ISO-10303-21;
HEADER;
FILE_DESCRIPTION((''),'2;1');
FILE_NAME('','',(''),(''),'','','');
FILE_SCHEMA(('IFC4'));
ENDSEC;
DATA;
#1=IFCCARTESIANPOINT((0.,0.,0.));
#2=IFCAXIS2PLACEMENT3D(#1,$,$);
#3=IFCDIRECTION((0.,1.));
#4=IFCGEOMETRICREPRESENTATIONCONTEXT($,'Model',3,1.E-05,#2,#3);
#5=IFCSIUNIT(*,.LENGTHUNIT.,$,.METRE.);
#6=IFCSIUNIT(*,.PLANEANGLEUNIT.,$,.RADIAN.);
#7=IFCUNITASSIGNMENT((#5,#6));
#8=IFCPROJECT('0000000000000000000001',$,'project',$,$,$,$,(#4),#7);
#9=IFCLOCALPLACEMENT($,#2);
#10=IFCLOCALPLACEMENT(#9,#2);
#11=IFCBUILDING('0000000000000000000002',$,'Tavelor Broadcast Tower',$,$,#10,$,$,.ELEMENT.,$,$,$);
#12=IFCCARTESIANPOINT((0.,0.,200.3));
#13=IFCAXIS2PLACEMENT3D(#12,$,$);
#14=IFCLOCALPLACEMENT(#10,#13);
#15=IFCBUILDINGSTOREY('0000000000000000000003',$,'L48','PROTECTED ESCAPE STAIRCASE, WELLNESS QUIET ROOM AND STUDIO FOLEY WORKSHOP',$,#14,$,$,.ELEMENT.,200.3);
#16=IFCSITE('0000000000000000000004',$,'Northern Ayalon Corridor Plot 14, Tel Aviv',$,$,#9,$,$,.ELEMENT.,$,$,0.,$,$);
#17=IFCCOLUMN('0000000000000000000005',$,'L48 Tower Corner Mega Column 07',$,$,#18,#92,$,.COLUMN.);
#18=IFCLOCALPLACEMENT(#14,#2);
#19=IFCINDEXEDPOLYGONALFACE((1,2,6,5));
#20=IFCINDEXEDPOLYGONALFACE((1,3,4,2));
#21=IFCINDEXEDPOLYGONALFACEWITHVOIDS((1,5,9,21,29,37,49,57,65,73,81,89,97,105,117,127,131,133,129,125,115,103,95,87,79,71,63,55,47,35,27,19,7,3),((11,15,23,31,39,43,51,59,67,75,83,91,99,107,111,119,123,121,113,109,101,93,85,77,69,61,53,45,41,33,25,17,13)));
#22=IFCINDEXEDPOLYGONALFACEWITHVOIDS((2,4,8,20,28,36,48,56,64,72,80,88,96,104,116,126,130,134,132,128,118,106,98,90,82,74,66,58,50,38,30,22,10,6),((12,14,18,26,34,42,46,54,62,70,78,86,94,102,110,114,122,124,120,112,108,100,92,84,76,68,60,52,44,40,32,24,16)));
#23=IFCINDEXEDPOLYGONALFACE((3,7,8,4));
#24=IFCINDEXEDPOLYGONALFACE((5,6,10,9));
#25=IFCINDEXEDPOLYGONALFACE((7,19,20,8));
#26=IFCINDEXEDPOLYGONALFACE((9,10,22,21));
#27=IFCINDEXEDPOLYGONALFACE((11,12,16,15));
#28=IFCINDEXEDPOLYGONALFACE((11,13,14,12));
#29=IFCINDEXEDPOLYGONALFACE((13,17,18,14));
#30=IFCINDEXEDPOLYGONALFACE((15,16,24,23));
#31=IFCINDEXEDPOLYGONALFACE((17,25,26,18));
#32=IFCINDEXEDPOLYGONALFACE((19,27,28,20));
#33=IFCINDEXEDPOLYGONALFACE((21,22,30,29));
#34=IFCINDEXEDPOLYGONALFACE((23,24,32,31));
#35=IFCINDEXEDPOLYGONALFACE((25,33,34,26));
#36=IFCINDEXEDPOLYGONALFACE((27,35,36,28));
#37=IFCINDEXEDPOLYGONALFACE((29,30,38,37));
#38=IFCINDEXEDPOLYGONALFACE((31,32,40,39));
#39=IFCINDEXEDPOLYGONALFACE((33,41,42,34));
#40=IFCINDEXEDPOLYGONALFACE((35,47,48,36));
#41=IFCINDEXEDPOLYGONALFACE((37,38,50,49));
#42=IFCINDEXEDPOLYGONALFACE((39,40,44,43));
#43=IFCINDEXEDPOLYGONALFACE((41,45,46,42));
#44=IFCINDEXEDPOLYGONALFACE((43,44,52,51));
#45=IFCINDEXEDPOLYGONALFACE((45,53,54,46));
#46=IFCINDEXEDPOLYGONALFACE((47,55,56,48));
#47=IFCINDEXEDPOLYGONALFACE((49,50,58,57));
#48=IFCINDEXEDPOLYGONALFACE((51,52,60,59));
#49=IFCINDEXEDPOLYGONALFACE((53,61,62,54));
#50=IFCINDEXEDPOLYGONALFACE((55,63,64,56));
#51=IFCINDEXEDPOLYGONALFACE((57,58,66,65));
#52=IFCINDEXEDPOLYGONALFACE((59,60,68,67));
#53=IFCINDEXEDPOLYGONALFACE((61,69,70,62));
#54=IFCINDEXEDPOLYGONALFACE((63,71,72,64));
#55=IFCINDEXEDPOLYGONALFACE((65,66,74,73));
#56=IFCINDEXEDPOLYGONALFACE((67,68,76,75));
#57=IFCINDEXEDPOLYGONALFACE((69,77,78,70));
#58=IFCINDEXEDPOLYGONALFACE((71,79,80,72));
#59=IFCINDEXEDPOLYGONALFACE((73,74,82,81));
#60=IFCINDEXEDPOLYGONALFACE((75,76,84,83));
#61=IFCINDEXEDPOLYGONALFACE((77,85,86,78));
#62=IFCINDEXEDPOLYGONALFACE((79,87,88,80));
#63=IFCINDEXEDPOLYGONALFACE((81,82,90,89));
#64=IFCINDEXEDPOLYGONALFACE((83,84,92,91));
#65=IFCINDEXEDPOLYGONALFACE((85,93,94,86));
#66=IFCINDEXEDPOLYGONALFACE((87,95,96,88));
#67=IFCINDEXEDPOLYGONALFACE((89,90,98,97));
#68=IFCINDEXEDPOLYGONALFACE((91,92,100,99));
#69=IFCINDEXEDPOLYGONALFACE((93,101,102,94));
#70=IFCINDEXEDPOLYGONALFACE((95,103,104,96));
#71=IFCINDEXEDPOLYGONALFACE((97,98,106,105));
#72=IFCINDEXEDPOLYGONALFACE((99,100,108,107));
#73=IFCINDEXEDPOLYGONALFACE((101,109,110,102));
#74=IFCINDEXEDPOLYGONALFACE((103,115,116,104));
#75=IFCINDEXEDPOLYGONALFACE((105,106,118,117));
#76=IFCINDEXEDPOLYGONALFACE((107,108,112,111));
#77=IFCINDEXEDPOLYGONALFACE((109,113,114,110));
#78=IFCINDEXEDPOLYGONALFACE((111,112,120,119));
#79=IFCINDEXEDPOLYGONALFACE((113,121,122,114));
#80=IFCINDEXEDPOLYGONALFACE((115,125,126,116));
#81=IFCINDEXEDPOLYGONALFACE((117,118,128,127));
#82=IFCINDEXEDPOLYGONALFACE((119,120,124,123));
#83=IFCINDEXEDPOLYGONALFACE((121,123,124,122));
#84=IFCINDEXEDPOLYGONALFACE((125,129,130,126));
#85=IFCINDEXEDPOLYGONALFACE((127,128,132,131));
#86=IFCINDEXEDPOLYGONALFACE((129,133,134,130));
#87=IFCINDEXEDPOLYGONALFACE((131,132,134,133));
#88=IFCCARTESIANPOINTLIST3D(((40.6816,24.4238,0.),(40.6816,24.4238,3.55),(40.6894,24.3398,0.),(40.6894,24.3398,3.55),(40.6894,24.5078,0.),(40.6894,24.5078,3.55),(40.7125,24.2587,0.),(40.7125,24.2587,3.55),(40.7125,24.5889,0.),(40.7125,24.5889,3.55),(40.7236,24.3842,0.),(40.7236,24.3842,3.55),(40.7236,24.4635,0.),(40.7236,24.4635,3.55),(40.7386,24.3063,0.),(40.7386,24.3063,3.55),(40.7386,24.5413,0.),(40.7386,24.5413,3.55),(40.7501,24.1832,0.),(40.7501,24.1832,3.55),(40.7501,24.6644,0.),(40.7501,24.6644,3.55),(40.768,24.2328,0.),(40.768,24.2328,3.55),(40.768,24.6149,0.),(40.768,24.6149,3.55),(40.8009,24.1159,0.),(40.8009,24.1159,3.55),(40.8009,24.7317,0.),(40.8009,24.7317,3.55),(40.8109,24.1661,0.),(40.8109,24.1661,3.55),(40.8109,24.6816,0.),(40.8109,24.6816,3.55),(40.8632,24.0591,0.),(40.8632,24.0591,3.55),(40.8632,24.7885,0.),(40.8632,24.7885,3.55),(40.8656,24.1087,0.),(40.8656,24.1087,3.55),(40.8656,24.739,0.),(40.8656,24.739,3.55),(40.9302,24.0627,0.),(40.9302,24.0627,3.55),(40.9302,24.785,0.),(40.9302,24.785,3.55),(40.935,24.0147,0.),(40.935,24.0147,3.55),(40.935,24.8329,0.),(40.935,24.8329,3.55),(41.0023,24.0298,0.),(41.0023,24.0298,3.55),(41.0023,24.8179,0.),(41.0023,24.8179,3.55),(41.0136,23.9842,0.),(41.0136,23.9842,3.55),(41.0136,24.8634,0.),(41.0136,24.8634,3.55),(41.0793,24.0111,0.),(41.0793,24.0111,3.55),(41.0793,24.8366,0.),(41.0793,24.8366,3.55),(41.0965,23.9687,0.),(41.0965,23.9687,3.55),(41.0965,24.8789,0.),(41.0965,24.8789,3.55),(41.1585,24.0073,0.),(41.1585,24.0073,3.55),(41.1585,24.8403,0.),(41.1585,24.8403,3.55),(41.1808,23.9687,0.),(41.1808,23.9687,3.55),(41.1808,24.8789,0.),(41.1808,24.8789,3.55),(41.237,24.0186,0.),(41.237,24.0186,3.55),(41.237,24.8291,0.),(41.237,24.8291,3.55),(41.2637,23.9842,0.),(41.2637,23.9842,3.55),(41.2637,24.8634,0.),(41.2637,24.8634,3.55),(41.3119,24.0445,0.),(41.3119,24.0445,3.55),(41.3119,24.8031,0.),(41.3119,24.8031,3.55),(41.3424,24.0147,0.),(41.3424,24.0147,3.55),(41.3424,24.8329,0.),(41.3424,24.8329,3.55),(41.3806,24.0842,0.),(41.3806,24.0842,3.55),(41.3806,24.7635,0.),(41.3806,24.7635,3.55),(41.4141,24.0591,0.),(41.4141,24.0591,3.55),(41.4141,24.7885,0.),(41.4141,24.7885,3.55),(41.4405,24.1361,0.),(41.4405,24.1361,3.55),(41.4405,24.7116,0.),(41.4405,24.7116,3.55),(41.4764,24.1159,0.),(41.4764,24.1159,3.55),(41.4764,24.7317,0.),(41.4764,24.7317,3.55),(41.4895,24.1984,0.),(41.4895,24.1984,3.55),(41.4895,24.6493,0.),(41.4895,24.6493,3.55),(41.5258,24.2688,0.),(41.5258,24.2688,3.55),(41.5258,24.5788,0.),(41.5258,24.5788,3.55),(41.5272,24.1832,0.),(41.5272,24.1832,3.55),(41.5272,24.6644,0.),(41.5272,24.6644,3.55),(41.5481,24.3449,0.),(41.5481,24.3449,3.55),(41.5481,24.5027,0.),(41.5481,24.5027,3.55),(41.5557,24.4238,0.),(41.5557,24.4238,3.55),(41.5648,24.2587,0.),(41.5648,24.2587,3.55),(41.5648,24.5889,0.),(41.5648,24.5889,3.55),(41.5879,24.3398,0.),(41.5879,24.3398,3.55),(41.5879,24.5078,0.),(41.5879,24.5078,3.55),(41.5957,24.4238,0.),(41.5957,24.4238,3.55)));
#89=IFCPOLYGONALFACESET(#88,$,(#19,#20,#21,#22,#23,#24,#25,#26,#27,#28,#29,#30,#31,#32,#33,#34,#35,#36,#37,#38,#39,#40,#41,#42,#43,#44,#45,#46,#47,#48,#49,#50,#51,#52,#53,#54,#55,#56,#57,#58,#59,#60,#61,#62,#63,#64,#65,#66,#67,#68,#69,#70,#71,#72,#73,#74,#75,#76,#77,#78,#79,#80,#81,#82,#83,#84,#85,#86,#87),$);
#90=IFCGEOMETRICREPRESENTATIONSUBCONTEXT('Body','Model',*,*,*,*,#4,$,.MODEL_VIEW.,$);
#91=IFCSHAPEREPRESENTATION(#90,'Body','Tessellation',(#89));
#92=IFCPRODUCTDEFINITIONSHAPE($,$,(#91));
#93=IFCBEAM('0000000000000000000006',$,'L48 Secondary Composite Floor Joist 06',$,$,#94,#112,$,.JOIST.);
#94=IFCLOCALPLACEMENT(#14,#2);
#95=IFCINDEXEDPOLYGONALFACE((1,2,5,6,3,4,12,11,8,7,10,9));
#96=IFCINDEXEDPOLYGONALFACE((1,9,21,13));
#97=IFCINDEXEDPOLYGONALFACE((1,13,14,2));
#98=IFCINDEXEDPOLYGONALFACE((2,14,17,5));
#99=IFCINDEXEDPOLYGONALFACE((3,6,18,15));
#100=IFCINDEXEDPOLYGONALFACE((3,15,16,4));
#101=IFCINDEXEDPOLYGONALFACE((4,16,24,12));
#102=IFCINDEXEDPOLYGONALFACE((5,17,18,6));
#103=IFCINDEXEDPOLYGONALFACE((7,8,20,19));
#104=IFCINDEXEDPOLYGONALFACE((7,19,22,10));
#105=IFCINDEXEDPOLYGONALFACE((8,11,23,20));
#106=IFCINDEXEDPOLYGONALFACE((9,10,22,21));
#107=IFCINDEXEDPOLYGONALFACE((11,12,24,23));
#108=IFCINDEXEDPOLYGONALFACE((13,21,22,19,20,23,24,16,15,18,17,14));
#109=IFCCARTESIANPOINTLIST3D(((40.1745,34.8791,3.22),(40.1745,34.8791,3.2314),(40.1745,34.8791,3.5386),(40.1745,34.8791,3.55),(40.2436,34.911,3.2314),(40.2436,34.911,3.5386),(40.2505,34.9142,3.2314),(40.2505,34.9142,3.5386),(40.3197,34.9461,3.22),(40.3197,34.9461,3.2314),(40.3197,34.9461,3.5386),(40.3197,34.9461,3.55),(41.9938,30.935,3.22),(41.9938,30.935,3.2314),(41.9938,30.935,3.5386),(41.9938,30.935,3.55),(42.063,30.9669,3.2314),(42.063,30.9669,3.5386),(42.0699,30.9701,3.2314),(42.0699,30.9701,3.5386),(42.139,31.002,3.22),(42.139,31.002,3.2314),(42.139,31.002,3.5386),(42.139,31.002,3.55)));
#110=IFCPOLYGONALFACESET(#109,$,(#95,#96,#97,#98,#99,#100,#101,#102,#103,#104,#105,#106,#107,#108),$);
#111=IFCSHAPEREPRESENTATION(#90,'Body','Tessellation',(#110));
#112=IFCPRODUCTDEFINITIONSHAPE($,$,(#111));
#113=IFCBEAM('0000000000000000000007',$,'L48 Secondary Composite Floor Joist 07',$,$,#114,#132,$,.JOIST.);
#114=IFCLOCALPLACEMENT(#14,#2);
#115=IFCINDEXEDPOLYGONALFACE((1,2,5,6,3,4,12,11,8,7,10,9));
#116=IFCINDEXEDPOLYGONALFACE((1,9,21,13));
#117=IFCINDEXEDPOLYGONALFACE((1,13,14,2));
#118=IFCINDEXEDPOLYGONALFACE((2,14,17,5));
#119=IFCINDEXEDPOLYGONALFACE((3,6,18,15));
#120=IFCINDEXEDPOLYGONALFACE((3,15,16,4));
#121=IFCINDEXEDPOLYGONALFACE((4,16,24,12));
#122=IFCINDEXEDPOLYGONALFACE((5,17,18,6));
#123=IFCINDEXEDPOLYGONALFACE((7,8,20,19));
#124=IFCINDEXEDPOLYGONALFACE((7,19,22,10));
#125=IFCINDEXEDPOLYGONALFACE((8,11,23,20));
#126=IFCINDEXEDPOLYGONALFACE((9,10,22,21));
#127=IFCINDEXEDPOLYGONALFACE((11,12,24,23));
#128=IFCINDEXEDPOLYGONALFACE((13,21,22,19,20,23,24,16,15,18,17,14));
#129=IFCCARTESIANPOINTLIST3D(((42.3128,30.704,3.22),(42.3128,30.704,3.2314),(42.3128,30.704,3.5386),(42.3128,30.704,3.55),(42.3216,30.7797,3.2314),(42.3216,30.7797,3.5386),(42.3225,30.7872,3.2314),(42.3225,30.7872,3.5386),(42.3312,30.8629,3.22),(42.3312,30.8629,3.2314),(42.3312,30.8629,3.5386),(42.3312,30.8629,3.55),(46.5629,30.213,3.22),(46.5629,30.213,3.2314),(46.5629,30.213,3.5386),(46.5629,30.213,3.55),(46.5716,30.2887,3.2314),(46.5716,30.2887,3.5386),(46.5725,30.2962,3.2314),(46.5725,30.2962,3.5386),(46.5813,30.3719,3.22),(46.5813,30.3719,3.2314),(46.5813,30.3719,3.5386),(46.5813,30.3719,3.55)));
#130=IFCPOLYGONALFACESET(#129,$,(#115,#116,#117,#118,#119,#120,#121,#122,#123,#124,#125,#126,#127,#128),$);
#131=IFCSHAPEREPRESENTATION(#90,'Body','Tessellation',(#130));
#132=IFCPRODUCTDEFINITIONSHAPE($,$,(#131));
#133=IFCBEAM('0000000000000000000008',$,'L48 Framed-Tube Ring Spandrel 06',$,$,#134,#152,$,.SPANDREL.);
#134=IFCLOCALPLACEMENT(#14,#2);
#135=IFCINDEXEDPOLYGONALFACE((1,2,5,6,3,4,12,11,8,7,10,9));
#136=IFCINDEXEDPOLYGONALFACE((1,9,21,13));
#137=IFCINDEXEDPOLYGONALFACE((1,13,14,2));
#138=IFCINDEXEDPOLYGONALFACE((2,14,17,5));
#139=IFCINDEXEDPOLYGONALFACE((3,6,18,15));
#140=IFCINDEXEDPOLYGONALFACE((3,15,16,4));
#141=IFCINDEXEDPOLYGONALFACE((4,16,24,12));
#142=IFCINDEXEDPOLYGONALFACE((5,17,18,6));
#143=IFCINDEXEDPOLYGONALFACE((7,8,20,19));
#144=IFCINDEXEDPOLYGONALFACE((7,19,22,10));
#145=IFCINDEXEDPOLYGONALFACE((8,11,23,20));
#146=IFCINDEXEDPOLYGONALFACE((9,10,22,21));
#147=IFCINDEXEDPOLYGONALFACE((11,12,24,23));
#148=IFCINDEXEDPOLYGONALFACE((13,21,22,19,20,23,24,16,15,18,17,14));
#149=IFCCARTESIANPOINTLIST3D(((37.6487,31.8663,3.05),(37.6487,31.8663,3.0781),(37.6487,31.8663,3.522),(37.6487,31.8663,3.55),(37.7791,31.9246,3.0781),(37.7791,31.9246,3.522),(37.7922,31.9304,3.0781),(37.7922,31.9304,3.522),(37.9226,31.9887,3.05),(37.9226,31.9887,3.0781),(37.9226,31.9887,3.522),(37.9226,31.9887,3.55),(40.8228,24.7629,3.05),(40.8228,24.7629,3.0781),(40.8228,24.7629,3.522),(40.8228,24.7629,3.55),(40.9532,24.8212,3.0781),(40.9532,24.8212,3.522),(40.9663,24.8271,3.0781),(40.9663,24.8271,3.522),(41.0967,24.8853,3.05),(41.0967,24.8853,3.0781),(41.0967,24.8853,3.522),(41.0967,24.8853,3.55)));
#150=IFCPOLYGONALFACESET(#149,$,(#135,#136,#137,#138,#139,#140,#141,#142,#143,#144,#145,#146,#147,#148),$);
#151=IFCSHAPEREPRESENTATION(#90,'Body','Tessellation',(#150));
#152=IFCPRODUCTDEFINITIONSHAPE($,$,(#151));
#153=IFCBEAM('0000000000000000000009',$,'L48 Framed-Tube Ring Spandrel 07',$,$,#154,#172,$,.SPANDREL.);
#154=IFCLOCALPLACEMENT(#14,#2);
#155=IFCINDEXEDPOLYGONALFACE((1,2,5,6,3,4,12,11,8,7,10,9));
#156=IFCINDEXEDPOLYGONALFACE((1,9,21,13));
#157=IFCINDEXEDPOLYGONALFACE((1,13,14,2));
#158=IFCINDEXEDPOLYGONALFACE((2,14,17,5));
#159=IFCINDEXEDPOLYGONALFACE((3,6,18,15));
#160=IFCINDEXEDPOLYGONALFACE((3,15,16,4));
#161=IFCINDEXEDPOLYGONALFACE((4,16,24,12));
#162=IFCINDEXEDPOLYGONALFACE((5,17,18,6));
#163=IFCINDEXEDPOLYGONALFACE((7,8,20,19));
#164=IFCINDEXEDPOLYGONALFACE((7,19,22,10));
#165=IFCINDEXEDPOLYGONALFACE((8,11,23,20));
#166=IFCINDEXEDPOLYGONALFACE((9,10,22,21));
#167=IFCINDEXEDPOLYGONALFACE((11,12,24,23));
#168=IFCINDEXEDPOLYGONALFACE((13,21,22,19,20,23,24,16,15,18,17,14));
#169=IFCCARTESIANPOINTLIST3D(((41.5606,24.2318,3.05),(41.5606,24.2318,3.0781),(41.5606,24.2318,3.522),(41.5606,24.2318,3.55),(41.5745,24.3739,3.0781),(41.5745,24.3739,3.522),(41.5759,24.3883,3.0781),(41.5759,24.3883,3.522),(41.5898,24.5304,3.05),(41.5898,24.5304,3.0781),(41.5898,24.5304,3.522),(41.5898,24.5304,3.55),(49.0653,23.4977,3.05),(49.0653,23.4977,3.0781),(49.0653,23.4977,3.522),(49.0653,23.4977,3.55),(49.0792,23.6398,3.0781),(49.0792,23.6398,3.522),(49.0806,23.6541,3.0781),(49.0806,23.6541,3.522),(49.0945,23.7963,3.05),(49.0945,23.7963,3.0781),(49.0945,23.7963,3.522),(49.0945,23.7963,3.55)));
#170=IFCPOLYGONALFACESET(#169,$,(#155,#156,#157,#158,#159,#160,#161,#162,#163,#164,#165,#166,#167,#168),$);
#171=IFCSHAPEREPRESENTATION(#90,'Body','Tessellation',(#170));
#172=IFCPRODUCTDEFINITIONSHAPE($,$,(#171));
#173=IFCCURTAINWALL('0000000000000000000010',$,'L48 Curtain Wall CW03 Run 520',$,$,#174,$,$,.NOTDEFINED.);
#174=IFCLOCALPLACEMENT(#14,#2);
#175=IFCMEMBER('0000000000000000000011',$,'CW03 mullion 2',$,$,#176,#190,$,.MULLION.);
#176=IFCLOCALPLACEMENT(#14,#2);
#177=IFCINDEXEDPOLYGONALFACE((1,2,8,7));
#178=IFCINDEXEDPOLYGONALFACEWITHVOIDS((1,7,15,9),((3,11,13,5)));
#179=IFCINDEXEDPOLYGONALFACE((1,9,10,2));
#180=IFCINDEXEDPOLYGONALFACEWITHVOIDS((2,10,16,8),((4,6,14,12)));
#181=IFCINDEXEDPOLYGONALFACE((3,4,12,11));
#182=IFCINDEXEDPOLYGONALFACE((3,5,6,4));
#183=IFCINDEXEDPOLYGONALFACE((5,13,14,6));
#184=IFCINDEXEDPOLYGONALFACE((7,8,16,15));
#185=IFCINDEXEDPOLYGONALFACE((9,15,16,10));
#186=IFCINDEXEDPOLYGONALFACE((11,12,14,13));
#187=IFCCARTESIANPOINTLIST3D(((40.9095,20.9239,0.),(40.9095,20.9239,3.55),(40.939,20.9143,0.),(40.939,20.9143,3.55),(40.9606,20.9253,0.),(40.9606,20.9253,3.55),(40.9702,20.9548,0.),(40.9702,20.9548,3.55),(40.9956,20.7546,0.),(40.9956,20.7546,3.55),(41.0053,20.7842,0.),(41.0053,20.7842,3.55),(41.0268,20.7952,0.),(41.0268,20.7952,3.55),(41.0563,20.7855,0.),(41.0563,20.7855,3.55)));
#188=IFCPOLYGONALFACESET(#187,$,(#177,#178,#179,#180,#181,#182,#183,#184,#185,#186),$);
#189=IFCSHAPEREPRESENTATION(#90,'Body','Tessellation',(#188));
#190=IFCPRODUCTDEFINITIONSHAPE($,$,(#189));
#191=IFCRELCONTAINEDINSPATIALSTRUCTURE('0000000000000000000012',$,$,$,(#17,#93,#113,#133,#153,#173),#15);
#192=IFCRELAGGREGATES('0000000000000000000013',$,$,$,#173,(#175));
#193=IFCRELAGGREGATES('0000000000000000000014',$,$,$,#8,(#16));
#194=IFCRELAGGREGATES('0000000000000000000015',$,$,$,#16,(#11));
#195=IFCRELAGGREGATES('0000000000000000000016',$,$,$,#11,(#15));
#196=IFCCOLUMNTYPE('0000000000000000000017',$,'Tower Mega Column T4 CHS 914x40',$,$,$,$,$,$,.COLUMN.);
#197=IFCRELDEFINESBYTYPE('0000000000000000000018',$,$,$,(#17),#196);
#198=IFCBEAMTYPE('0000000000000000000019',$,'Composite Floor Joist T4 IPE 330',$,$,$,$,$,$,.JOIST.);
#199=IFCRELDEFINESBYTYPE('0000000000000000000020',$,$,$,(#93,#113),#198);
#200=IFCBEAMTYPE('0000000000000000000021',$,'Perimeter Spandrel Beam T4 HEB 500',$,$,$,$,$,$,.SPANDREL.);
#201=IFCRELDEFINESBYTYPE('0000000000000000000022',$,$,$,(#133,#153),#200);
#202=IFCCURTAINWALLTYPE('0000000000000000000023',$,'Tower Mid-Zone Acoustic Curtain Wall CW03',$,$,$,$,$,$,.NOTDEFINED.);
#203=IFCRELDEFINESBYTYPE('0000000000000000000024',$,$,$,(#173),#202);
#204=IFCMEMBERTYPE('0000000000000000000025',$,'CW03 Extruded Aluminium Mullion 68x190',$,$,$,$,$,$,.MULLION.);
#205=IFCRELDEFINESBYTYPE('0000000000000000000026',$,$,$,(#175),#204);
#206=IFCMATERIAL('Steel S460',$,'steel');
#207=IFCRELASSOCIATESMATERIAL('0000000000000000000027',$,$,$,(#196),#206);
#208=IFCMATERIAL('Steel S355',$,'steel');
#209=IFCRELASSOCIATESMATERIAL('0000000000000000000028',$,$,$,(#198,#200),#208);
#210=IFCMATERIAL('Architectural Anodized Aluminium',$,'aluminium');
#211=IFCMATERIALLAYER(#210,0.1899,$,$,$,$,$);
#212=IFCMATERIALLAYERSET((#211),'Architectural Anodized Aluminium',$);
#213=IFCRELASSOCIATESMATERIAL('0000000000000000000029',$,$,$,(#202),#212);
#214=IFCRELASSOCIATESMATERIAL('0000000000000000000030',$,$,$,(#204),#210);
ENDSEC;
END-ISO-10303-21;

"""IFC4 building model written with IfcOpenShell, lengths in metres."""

from ifc_helpers import new_model, si_unit, direction, frame, origin, origin_2d, place, context, subcontext, project, spatial, hollow_rectangle, hollow_circle, i_section, extrude, source, transform, mapped, material, layer, layer_set, material_profile, profile_set, type_object, type_shapes, element, aggregate, save


model = new_model("IFC4")

# Units and contexts
model_context = context("Model", 3, precision=1e-05, world=origin(), true_north=direction((0.0, 1.0)))
body_context = subcontext(model_context, "Body", "Model", "MODEL_VIEW")
ifc_project = project(units=[si_unit("LENGTHUNIT", "METRE"), si_unit("PLANEANGLEUNIT", "RADIAN")], contexts=[model_context])

# Site, building, storey
site_placement = place(None, origin())
site = spatial("IfcSite", under=ifc_project, at=site_placement, Name="Northern Ayalon Corridor Plot 14, Tel Aviv", CompositionType="ELEMENT", RefElevation=0.0)
building_placement = place(site_placement, origin())
building = spatial("IfcBuilding", under=site, at=building_placement, Name="Tavelor Broadcast Tower", CompositionType="ELEMENT")
storey_placement = place(building_placement, frame((0.0, 0.0, 200.3)))
storey = spatial("IfcBuildingStorey", under=building, at=storey_placement, Name="L48", Description="PROTECTED ESCAPE STAIRCASE, WELLNESS QUIET ROOM AND STUDIO FOLEY WORKSHOP", CompositionType="ELEMENT", Elevation=200.3)

# Column
ifc_material_1 = material(Name="Steel S460", Category="steel")
ifc_material_profile_1 = material_profile(ifc_material_1, hollow_circle(Radius=0.457, WallThickness=0.04, at=origin_2d()), Name="CHS 914x40")
ifc_profile_set_1 = profile_set([ifc_material_profile_1], Name="Steel S460")
column_type = type_object("IfcColumnType", Name="Tower Mega Column T4 CHS 914x40", PredefinedType="COLUMN", material=ifc_profile_set_1)
column_placement = place(storey_placement, frame((41.1387, 24.4238, 0.0), z_axis=(0.0, 0.0, 1.0), x_axis=(1.0, 0.0, 0.0)))
element("IfcColumn", 1, at=column_placement, inside=storey, type_object=column_type, Name="L48 Tower Corner Mega Column 07", PredefinedType="COLUMN", context=body_context, shape_type="SweptSolid", body=[
    extrude(hollow_circle(Radius=0.457, WallThickness=0.04, at=origin_2d()), origin(), (0.0, 0.0, 1.0), 3.55),
])

# Beams
ifc_material_2 = material(Name="Steel S355", Category="steel")
ifc_material_profile_2 = material_profile(ifc_material_2, i_section(OverallWidth=0.1599, OverallDepth=0.3301, WebThickness=0.0076, FlangeThickness=0.0115, at=origin_2d()), Name="IPE 330")
ifc_profile_set_2 = profile_set([ifc_material_profile_2], Name="Steel S355")
beam_type_1 = type_object("IfcBeamType", Name="Composite Floor Joist T4 IPE 330", PredefinedType="JOIST", material=ifc_profile_set_2)
beam_1_placement = place(storey_placement, frame((40.2471, 34.9126, 3.385), z_axis=(0.418866, -0.908048, 0.0), x_axis=(0.908048, 0.418866, 0.0)))
element("IfcBeam", 2, at=beam_1_placement, inside=storey, type_object=beam_type_1, Name="L48 Secondary Composite Floor Joist 06", PredefinedType="JOIST", context=body_context, shape_type="SweptSolid", body=[
    extrude(i_section(OverallWidth=0.1599, OverallDepth=0.3301, WebThickness=0.0076, FlangeThickness=0.0115, at=origin_2d()), origin(), (0.0, 0.0, 1.0), 4.3435),
])
beam_2_placement = place(storey_placement, frame((42.322, 30.7834, 3.385), z_axis=(0.993393, -0.114758, 0.0), x_axis=(0.114758, 0.993393, 0.0)))
element("IfcBeam", 3, at=beam_2_placement, inside=storey, type_object=beam_type_1, Name="L48 Secondary Composite Floor Joist 07", PredefinedType="JOIST", context=body_context, shape_type="SweptSolid", body=[
    extrude(i_section(OverallWidth=0.1599, OverallDepth=0.3301, WebThickness=0.0076, FlangeThickness=0.0115, at=origin_2d()), origin(), (0.0, 0.0, 1.0), 4.2783),
])
ifc_material_profile_3 = material_profile(ifc_material_2, i_section(OverallWidth=0.3, OverallDepth=0.5, WebThickness=0.0144, FlangeThickness=0.0281, at=origin_2d()), Name="HEB 500")
ifc_profile_set_3 = profile_set([ifc_material_profile_3], Name="Steel S355")
beam_type_2 = type_object("IfcBeamType", Name="Perimeter Spandrel Beam T4 HEB 500", PredefinedType="SPANDREL", material=ifc_profile_set_3)
beam_3_placement = place(storey_placement, frame((37.7856, 31.9275, 3.3), z_axis=(0.407969, -0.912996, 0.0), x_axis=(0.912996, 0.407969, 0.0)))
element("IfcBeam", 4, at=beam_3_placement, inside=storey, type_object=beam_type_2, Name="L48 Framed-Tube Ring Spandrel 06", PredefinedType="SPANDREL", context=body_context, shape_type="SweptSolid", body=[
    extrude(i_section(OverallWidth=0.3, OverallDepth=0.5, WebThickness=0.0144, FlangeThickness=0.0281, at=origin_2d()), origin(), (0.0, 0.0, 1.0), 7.7803),
])
beam_4_placement = place(storey_placement, frame((41.5752, 24.3811, 3.3), z_axis=(0.995249, -0.097359, 0.0), x_axis=(0.097359, 0.995249, 0.0)))
element("IfcBeam", 5, at=beam_4_placement, inside=storey, type_object=beam_type_2, Name="L48 Framed-Tube Ring Spandrel 07", PredefinedType="SPANDREL", context=body_context, shape_type="SweptSolid", body=[
    extrude(i_section(OverallWidth=0.3, OverallDepth=0.5, WebThickness=0.0144, FlangeThickness=0.0281, at=origin_2d()), origin(), (0.0, 0.0, 1.0), 7.5405),
])

# Curtain wall, member
ifc_material_3 = material(Name="Architectural Anodized Aluminium", Category="aluminium")
ifc_layer_1 = layer(ifc_material_3, 0.1899)
ifc_layer_set_1 = layer_set([ifc_layer_1], Name="Architectural Anodized Aluminium")
curtain_wall_type = type_object("IfcCurtainWallType", Name="Tower Mid-Zone Acoustic Curtain Wall CW03", PredefinedType="NOTDEFINED", material=ifc_layer_set_1)
curtain_wall_placement = place(storey_placement, origin())
curtain_wall = element("IfcCurtainWall", 6, at=curtain_wall_placement, inside=storey, type_object=curtain_wall_type, Name="L48 Curtain Wall CW03 Run 520", PredefinedType="NOTDEFINED")
ifc_material_profile_4 = material_profile(ifc_material_3, hollow_rectangle(XDim=0.0681, YDim=0.1899, WallThickness=0.022, at=origin_2d()), Name="RHS 68x190x22")
ifc_profile_set_4 = profile_set([ifc_material_profile_4], Name="Architectural Anodized Aluminium")
member_type_1 = type_object("IfcMemberType", Name="CW03 Extruded Aluminium Mullion 68x190", PredefinedType="MULLION", material=ifc_profile_set_4)
shared_shape_1 = source(origin(), body_context, "Body", "SweptSolid", [
    extrude(hollow_rectangle(XDim=0.0681, YDim=0.1899, WallThickness=0.022, at=origin_2d()), origin(), (0.0, 0.0, 1.0), 3.55),
])
type_shapes(member_type_1, [shared_shape_1])
member_1_placement = place(storey_placement, frame((40.9829, 20.8547, 0.0), z_axis=(0.0, 0.0, 1.0), x_axis=(0.891194, 0.453623, 0.0)))
member_1 = element("IfcMember", 7, at=member_1_placement, type_object=member_type_1, Name="CW03 mullion 2", PredefinedType="MULLION", context=body_context, shape_type="MappedRepresentation", body=[
    mapped(shared_shape_1, transform((0.0, 0.0, 0.0), scale=1.0)),
])

aggregate(curtain_wall, [member_1])

save(model, "model.ifc")
